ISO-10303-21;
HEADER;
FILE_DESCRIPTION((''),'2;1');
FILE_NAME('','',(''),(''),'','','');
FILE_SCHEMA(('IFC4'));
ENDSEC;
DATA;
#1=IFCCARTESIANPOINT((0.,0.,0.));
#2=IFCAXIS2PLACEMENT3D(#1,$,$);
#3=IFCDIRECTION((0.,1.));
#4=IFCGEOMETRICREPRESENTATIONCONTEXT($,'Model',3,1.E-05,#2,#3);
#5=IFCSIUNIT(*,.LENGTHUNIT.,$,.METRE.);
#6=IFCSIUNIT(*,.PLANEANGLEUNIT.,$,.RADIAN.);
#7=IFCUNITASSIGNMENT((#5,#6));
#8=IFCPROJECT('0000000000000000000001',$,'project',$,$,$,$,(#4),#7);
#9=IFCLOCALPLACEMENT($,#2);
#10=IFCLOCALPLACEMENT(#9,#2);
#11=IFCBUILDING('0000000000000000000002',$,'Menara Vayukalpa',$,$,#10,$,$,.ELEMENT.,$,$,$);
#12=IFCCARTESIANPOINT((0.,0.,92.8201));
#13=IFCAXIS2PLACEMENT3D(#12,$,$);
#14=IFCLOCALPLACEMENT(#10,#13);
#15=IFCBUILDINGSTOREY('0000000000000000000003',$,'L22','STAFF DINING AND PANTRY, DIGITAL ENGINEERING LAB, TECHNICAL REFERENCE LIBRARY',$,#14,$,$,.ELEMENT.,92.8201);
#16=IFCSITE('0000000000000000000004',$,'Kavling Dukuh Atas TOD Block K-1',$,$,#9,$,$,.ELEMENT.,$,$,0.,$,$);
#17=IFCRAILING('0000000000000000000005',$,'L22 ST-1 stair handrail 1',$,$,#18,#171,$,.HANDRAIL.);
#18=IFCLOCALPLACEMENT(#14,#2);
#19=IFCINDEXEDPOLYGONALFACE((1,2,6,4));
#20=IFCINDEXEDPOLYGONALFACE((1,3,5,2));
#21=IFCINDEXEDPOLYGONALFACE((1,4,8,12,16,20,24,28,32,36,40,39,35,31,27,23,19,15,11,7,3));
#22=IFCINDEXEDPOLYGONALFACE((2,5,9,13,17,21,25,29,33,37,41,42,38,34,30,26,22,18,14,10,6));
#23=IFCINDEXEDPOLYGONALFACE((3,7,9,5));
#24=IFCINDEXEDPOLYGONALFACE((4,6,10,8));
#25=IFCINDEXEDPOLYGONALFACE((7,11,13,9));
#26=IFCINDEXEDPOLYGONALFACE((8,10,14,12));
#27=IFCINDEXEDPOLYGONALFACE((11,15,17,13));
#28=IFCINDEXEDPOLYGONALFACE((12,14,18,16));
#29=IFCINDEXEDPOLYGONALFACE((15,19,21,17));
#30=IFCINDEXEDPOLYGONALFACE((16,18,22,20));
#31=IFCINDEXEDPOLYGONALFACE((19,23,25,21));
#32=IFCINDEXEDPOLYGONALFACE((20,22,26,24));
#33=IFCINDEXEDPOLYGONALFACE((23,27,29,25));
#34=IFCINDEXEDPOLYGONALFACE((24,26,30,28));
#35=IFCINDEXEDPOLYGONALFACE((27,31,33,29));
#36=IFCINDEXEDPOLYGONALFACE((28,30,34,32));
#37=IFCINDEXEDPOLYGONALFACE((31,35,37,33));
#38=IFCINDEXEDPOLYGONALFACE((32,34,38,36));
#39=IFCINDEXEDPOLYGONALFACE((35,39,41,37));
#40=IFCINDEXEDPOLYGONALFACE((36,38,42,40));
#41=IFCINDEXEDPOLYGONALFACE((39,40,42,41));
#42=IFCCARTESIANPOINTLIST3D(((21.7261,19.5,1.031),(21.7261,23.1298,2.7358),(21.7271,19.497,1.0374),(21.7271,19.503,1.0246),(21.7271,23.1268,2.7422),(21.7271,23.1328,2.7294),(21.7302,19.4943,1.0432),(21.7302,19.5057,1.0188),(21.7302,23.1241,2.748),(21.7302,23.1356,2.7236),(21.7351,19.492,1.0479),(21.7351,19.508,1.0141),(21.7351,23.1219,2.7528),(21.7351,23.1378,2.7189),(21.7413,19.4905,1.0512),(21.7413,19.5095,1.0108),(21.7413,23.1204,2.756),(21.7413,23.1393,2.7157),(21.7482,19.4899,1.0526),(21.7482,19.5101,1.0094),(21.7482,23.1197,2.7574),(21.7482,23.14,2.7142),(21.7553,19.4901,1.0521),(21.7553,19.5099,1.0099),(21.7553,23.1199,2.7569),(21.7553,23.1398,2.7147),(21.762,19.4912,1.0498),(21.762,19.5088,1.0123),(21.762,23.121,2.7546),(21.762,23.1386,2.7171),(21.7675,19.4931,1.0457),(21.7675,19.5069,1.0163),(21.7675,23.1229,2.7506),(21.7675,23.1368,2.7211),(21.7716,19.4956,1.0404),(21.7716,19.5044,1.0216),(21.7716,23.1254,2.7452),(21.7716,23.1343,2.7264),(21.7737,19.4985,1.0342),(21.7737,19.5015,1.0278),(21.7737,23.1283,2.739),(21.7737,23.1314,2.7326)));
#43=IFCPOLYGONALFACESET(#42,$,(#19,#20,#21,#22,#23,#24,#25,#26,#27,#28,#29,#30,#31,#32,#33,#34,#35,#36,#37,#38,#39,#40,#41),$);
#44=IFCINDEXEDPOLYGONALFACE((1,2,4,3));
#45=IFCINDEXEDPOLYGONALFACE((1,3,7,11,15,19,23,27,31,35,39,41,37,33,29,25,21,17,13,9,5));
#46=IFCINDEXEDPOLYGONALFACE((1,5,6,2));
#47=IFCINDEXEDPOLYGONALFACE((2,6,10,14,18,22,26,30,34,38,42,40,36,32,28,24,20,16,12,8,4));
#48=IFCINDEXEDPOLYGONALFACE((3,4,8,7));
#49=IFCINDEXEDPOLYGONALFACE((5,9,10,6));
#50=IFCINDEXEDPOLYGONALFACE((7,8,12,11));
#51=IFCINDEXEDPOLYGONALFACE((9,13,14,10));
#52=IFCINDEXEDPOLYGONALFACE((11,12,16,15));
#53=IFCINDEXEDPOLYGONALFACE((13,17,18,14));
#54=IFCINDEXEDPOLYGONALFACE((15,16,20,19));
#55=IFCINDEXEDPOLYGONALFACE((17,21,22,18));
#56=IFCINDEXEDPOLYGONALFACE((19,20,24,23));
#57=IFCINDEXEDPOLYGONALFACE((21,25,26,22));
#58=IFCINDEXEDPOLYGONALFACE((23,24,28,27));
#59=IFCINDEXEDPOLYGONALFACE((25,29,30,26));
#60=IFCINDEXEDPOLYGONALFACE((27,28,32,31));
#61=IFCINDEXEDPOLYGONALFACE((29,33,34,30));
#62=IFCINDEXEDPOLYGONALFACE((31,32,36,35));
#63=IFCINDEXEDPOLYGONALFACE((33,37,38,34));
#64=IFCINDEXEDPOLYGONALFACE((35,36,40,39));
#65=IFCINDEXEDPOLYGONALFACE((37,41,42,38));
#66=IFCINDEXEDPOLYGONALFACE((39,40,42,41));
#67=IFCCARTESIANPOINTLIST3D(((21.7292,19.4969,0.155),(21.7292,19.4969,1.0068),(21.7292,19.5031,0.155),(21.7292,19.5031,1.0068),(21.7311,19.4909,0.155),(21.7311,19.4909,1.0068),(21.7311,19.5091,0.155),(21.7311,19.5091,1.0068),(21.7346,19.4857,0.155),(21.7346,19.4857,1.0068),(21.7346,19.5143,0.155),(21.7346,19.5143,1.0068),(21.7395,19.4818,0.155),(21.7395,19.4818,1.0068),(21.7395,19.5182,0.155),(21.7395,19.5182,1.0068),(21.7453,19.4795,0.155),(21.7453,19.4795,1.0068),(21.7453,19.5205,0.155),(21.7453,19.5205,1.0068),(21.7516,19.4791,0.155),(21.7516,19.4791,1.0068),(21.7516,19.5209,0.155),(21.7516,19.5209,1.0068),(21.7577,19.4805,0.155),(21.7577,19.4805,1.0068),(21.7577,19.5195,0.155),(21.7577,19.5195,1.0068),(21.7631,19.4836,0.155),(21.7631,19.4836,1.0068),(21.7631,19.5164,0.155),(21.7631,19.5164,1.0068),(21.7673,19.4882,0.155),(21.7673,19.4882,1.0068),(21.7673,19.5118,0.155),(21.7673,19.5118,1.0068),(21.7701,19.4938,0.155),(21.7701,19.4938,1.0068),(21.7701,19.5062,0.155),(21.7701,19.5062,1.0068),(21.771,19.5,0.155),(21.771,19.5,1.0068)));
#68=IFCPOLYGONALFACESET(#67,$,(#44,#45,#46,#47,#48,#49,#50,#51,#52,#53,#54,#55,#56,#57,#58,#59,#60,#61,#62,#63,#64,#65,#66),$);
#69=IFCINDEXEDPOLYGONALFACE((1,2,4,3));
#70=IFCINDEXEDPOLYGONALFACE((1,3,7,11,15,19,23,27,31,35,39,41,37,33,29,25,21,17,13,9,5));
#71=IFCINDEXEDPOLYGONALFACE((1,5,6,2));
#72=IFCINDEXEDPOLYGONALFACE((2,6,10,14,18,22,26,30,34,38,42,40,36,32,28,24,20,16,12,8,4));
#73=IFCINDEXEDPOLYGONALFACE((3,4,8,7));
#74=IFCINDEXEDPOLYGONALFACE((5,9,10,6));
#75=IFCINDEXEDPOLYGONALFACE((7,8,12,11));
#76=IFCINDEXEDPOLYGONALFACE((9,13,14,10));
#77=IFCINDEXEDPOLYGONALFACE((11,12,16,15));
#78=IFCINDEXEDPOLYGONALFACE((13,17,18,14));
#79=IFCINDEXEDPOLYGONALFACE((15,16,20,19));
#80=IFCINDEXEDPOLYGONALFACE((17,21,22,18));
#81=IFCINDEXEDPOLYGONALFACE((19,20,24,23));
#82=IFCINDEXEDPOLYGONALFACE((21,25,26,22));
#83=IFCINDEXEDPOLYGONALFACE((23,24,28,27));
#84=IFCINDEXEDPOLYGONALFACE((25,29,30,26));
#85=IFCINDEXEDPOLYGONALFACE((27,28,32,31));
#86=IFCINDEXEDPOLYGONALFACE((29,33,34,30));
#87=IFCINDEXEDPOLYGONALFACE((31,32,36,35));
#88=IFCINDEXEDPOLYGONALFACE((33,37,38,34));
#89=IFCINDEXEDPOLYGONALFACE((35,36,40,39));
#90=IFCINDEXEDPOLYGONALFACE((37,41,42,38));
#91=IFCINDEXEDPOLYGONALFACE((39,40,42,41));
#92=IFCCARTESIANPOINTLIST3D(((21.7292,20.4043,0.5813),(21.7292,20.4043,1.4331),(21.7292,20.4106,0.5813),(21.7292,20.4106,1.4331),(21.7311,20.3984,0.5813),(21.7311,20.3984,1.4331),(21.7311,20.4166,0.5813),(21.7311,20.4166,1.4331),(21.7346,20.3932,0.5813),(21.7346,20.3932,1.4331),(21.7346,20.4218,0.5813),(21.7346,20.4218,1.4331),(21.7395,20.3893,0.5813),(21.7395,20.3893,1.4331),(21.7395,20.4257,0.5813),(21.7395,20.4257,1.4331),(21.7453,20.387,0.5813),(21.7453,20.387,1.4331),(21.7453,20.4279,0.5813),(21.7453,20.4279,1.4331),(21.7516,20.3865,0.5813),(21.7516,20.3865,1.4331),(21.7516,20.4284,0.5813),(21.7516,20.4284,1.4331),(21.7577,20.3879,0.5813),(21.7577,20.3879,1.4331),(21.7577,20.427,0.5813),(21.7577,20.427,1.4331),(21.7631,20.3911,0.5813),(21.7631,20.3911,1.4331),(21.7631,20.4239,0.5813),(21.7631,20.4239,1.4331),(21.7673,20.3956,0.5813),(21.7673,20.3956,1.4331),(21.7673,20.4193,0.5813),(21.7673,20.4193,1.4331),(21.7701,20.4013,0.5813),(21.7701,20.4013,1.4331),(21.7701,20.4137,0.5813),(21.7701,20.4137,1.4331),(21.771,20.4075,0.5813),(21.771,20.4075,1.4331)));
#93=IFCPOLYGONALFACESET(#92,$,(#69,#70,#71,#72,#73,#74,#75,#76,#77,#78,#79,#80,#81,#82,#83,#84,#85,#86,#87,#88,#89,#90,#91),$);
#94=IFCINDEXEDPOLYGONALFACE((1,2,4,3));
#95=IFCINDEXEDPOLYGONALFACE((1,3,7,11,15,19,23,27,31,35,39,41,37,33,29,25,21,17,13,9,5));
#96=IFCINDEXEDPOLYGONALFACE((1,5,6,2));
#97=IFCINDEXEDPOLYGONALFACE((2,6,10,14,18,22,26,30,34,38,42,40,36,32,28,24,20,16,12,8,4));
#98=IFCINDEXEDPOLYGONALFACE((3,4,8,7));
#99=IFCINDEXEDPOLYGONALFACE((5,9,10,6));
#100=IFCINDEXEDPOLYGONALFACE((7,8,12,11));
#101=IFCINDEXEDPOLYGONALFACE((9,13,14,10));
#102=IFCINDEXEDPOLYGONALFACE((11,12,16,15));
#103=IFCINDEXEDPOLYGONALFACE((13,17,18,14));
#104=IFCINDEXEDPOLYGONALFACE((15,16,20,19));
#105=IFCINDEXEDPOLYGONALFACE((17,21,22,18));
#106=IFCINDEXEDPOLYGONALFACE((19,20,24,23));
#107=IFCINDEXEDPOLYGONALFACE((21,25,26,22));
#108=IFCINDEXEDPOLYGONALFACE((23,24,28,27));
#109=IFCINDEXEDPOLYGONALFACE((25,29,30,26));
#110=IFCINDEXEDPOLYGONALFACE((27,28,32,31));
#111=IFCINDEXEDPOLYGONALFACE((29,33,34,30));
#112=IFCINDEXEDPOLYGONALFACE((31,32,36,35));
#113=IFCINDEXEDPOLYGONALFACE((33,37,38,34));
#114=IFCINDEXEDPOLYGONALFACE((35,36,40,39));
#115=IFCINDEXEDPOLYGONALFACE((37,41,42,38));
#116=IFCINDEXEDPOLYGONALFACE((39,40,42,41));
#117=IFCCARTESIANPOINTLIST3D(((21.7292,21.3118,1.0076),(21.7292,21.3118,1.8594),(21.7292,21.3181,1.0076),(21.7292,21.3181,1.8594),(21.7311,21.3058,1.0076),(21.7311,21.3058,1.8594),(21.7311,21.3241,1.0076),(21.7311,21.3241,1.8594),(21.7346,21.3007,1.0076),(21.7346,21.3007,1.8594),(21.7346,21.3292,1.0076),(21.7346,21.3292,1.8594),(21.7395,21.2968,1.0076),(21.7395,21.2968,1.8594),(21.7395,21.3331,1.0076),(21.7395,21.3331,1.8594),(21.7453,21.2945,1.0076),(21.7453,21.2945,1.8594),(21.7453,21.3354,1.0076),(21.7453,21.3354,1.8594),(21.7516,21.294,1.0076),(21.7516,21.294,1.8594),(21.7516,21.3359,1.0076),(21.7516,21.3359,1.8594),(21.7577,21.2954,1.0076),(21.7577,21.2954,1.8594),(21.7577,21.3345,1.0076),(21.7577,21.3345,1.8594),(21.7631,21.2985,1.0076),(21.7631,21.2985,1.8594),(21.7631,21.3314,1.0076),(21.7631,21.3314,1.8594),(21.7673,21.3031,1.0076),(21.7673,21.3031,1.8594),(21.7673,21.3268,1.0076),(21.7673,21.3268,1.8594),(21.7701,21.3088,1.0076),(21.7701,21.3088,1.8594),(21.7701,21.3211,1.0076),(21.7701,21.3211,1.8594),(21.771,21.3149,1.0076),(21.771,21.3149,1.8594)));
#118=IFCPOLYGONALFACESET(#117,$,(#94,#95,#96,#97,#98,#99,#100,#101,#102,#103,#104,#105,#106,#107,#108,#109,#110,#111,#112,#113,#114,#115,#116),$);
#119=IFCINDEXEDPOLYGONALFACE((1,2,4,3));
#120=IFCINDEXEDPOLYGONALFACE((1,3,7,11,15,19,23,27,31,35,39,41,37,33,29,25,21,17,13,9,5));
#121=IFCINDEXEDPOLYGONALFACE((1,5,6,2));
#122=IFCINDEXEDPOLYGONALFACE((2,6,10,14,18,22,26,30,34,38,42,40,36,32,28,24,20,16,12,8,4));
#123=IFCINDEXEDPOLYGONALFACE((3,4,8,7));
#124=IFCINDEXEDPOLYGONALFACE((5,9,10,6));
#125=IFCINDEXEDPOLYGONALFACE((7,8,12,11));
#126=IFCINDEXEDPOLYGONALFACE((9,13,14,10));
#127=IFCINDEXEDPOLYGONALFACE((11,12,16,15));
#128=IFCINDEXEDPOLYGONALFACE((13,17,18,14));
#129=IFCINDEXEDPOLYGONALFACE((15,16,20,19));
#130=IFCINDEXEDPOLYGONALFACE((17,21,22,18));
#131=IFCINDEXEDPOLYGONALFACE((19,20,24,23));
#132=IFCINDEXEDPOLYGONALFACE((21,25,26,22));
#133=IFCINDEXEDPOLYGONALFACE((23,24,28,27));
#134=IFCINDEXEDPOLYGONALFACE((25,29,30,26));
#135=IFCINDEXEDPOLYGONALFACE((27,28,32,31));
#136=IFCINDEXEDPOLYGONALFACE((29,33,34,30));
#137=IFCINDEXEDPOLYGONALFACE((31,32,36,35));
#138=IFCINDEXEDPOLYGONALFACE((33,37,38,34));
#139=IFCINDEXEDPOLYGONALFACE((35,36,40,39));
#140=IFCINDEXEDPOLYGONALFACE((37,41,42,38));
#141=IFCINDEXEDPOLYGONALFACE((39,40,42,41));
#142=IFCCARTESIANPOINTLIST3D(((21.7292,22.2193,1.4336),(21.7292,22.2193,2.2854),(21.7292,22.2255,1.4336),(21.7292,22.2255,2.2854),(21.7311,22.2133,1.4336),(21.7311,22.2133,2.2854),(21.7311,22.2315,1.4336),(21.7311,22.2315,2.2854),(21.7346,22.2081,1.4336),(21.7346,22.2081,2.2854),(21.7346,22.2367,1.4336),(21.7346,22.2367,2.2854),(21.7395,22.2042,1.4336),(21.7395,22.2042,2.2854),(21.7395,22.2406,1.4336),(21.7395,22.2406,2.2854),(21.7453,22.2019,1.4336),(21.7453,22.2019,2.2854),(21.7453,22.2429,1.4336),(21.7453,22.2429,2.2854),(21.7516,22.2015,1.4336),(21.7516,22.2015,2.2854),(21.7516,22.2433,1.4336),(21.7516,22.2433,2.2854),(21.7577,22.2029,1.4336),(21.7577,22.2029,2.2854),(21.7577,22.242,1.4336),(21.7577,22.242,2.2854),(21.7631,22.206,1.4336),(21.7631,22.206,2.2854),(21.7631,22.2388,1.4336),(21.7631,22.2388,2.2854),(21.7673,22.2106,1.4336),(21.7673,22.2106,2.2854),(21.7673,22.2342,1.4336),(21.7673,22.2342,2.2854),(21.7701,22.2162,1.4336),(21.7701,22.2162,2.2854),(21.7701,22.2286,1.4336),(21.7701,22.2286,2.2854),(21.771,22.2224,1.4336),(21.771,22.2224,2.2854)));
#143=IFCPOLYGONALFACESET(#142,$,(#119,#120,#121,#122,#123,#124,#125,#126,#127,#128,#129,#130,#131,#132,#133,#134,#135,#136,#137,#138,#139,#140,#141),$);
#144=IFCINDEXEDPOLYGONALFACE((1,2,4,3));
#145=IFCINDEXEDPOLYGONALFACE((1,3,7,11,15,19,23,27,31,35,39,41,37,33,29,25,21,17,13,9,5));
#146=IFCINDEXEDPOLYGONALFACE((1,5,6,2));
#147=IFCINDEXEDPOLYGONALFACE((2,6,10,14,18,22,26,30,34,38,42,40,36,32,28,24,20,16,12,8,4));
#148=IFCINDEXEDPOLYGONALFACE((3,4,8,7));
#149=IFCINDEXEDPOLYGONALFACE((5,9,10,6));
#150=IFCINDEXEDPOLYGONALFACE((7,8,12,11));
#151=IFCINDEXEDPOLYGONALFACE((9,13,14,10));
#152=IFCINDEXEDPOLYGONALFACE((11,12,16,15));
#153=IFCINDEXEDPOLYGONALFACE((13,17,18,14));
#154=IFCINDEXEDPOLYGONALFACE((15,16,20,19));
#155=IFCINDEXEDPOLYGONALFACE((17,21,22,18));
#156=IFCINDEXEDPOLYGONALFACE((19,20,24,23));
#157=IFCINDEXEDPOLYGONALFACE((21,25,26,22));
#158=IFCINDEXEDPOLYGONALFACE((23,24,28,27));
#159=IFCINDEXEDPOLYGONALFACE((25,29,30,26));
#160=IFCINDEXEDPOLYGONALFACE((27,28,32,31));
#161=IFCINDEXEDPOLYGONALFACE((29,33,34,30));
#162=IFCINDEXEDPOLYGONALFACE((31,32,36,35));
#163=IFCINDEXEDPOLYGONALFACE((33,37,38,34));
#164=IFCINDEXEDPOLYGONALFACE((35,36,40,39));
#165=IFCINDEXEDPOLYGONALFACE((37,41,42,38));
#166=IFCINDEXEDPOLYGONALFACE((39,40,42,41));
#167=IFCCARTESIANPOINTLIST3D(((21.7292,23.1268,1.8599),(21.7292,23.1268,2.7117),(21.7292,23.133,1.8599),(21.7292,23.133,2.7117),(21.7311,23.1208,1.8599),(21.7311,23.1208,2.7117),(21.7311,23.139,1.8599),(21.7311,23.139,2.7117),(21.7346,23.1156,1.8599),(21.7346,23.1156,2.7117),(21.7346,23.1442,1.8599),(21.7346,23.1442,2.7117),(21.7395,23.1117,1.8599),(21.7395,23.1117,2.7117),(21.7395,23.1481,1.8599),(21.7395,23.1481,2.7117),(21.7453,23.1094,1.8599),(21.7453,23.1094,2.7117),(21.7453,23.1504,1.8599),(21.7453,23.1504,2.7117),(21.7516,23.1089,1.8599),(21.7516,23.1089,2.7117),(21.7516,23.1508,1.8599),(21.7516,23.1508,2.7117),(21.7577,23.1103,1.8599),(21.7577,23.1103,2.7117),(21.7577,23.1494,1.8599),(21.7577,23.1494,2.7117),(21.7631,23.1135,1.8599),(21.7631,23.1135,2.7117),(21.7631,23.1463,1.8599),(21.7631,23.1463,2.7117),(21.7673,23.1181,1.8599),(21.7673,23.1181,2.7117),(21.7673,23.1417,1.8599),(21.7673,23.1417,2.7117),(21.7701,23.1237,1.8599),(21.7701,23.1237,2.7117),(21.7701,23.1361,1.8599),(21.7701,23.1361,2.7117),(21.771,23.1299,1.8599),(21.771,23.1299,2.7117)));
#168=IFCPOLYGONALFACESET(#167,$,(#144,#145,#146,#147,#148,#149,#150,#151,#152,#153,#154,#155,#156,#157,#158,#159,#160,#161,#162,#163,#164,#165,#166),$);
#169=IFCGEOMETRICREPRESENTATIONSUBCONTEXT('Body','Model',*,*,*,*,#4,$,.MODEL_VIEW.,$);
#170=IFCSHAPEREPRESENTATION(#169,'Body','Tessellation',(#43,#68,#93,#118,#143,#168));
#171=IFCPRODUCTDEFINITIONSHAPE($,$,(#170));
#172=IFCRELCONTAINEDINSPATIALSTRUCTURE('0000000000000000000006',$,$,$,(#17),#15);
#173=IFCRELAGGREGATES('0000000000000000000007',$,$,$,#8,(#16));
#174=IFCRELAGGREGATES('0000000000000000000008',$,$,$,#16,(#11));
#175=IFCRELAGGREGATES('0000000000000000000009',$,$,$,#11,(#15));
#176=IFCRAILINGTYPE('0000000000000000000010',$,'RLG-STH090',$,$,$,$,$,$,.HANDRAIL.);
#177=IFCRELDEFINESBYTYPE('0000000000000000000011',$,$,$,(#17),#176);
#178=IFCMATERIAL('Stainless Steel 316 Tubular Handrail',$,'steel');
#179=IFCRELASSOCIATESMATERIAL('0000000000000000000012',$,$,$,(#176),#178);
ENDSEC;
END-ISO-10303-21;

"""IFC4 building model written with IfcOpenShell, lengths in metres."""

from ifc_helpers import new_model, si_unit, direction, frame, origin, origin_2d, place, context, subcontext, project, spatial, circle, extrude, material, type_object, element, save


model = new_model("IFC4")

# Units and contexts
model_context = context("Model", 3, precision=1e-05, world=origin(), true_north=direction((0.0, 1.0)))
body_context = subcontext(model_context, "Body", "Model", "MODEL_VIEW")
ifc_project = project(units=[si_unit("LENGTHUNIT", "METRE"), si_unit("PLANEANGLEUNIT", "RADIAN")], contexts=[model_context])

# Site, building, storey
site_placement = place(None, origin())
site = spatial("IfcSite", under=ifc_project, at=site_placement, Name="Kavling Dukuh Atas TOD Block K-1", CompositionType="ELEMENT", RefElevation=0.0)
building_placement = place(site_placement, origin())
building = spatial("IfcBuilding", under=site, at=building_placement, Name="Menara Vayukalpa", CompositionType="ELEMENT")
storey_placement = place(building_placement, frame((0.0, 0.0, 92.8201)))
storey = spatial("IfcBuildingStorey", under=building, at=storey_placement, Name="L22", Description="STAFF DINING AND PANTRY, DIGITAL ENGINEERING LAB, TECHNICAL REFERENCE LIBRARY", CompositionType="ELEMENT", Elevation=92.8201)

# Railing
ifc_material_1 = material(Name="Stainless Steel 316 Tubular Handrail", Category="steel")
railing_type_1 = type_object("IfcRailingType", Name="RLG-STH090", PredefinedType="HANDRAIL", material=ifc_material_1)
railing_1_placement = place(storey_placement, frame((21.75, 19.5, 0.155)))
element("IfcRailing", 1, at=railing_1_placement, inside=storey, type_object=railing_type_1, Name="L22 ST-1 stair handrail 1", PredefinedType="HANDRAIL", context=body_context, shape_type="SweptSolid", body=[
    extrude(circle(Radius=0.0239, at=origin_2d()), frame((0.0, 0.0, 0.876), z_axis=(0.0, 0.90514, 0.425114), x_axis=(-1.0, 0.0, 0.0)), (0.0, 0.0, 1.0), 4.0103),
    extrude(circle(Radius=0.021, at=origin_2d()), origin(), (0.0, 0.0, 1.0), 0.8518),
    extrude(circle(Radius=0.021, at=origin_2d()), frame((0.0, 0.9075, 0.4263)), (0.0, 0.0, 1.0), 0.8518),
    extrude(circle(Radius=0.021, at=origin_2d()), frame((0.0, 1.8149, 0.8525)), (0.0, 0.0, 1.0), 0.8518),
    extrude(circle(Radius=0.021, at=origin_2d()), frame((0.0, 2.7224, 1.2786)), (0.0, 0.0, 1.0), 0.8518),
    extrude(circle(Radius=0.021, at=origin_2d()), frame((0.0, 3.6299, 1.7048)), (0.0, 0.0, 1.0), 0.8518),
])

save(model, "model.ifc")
